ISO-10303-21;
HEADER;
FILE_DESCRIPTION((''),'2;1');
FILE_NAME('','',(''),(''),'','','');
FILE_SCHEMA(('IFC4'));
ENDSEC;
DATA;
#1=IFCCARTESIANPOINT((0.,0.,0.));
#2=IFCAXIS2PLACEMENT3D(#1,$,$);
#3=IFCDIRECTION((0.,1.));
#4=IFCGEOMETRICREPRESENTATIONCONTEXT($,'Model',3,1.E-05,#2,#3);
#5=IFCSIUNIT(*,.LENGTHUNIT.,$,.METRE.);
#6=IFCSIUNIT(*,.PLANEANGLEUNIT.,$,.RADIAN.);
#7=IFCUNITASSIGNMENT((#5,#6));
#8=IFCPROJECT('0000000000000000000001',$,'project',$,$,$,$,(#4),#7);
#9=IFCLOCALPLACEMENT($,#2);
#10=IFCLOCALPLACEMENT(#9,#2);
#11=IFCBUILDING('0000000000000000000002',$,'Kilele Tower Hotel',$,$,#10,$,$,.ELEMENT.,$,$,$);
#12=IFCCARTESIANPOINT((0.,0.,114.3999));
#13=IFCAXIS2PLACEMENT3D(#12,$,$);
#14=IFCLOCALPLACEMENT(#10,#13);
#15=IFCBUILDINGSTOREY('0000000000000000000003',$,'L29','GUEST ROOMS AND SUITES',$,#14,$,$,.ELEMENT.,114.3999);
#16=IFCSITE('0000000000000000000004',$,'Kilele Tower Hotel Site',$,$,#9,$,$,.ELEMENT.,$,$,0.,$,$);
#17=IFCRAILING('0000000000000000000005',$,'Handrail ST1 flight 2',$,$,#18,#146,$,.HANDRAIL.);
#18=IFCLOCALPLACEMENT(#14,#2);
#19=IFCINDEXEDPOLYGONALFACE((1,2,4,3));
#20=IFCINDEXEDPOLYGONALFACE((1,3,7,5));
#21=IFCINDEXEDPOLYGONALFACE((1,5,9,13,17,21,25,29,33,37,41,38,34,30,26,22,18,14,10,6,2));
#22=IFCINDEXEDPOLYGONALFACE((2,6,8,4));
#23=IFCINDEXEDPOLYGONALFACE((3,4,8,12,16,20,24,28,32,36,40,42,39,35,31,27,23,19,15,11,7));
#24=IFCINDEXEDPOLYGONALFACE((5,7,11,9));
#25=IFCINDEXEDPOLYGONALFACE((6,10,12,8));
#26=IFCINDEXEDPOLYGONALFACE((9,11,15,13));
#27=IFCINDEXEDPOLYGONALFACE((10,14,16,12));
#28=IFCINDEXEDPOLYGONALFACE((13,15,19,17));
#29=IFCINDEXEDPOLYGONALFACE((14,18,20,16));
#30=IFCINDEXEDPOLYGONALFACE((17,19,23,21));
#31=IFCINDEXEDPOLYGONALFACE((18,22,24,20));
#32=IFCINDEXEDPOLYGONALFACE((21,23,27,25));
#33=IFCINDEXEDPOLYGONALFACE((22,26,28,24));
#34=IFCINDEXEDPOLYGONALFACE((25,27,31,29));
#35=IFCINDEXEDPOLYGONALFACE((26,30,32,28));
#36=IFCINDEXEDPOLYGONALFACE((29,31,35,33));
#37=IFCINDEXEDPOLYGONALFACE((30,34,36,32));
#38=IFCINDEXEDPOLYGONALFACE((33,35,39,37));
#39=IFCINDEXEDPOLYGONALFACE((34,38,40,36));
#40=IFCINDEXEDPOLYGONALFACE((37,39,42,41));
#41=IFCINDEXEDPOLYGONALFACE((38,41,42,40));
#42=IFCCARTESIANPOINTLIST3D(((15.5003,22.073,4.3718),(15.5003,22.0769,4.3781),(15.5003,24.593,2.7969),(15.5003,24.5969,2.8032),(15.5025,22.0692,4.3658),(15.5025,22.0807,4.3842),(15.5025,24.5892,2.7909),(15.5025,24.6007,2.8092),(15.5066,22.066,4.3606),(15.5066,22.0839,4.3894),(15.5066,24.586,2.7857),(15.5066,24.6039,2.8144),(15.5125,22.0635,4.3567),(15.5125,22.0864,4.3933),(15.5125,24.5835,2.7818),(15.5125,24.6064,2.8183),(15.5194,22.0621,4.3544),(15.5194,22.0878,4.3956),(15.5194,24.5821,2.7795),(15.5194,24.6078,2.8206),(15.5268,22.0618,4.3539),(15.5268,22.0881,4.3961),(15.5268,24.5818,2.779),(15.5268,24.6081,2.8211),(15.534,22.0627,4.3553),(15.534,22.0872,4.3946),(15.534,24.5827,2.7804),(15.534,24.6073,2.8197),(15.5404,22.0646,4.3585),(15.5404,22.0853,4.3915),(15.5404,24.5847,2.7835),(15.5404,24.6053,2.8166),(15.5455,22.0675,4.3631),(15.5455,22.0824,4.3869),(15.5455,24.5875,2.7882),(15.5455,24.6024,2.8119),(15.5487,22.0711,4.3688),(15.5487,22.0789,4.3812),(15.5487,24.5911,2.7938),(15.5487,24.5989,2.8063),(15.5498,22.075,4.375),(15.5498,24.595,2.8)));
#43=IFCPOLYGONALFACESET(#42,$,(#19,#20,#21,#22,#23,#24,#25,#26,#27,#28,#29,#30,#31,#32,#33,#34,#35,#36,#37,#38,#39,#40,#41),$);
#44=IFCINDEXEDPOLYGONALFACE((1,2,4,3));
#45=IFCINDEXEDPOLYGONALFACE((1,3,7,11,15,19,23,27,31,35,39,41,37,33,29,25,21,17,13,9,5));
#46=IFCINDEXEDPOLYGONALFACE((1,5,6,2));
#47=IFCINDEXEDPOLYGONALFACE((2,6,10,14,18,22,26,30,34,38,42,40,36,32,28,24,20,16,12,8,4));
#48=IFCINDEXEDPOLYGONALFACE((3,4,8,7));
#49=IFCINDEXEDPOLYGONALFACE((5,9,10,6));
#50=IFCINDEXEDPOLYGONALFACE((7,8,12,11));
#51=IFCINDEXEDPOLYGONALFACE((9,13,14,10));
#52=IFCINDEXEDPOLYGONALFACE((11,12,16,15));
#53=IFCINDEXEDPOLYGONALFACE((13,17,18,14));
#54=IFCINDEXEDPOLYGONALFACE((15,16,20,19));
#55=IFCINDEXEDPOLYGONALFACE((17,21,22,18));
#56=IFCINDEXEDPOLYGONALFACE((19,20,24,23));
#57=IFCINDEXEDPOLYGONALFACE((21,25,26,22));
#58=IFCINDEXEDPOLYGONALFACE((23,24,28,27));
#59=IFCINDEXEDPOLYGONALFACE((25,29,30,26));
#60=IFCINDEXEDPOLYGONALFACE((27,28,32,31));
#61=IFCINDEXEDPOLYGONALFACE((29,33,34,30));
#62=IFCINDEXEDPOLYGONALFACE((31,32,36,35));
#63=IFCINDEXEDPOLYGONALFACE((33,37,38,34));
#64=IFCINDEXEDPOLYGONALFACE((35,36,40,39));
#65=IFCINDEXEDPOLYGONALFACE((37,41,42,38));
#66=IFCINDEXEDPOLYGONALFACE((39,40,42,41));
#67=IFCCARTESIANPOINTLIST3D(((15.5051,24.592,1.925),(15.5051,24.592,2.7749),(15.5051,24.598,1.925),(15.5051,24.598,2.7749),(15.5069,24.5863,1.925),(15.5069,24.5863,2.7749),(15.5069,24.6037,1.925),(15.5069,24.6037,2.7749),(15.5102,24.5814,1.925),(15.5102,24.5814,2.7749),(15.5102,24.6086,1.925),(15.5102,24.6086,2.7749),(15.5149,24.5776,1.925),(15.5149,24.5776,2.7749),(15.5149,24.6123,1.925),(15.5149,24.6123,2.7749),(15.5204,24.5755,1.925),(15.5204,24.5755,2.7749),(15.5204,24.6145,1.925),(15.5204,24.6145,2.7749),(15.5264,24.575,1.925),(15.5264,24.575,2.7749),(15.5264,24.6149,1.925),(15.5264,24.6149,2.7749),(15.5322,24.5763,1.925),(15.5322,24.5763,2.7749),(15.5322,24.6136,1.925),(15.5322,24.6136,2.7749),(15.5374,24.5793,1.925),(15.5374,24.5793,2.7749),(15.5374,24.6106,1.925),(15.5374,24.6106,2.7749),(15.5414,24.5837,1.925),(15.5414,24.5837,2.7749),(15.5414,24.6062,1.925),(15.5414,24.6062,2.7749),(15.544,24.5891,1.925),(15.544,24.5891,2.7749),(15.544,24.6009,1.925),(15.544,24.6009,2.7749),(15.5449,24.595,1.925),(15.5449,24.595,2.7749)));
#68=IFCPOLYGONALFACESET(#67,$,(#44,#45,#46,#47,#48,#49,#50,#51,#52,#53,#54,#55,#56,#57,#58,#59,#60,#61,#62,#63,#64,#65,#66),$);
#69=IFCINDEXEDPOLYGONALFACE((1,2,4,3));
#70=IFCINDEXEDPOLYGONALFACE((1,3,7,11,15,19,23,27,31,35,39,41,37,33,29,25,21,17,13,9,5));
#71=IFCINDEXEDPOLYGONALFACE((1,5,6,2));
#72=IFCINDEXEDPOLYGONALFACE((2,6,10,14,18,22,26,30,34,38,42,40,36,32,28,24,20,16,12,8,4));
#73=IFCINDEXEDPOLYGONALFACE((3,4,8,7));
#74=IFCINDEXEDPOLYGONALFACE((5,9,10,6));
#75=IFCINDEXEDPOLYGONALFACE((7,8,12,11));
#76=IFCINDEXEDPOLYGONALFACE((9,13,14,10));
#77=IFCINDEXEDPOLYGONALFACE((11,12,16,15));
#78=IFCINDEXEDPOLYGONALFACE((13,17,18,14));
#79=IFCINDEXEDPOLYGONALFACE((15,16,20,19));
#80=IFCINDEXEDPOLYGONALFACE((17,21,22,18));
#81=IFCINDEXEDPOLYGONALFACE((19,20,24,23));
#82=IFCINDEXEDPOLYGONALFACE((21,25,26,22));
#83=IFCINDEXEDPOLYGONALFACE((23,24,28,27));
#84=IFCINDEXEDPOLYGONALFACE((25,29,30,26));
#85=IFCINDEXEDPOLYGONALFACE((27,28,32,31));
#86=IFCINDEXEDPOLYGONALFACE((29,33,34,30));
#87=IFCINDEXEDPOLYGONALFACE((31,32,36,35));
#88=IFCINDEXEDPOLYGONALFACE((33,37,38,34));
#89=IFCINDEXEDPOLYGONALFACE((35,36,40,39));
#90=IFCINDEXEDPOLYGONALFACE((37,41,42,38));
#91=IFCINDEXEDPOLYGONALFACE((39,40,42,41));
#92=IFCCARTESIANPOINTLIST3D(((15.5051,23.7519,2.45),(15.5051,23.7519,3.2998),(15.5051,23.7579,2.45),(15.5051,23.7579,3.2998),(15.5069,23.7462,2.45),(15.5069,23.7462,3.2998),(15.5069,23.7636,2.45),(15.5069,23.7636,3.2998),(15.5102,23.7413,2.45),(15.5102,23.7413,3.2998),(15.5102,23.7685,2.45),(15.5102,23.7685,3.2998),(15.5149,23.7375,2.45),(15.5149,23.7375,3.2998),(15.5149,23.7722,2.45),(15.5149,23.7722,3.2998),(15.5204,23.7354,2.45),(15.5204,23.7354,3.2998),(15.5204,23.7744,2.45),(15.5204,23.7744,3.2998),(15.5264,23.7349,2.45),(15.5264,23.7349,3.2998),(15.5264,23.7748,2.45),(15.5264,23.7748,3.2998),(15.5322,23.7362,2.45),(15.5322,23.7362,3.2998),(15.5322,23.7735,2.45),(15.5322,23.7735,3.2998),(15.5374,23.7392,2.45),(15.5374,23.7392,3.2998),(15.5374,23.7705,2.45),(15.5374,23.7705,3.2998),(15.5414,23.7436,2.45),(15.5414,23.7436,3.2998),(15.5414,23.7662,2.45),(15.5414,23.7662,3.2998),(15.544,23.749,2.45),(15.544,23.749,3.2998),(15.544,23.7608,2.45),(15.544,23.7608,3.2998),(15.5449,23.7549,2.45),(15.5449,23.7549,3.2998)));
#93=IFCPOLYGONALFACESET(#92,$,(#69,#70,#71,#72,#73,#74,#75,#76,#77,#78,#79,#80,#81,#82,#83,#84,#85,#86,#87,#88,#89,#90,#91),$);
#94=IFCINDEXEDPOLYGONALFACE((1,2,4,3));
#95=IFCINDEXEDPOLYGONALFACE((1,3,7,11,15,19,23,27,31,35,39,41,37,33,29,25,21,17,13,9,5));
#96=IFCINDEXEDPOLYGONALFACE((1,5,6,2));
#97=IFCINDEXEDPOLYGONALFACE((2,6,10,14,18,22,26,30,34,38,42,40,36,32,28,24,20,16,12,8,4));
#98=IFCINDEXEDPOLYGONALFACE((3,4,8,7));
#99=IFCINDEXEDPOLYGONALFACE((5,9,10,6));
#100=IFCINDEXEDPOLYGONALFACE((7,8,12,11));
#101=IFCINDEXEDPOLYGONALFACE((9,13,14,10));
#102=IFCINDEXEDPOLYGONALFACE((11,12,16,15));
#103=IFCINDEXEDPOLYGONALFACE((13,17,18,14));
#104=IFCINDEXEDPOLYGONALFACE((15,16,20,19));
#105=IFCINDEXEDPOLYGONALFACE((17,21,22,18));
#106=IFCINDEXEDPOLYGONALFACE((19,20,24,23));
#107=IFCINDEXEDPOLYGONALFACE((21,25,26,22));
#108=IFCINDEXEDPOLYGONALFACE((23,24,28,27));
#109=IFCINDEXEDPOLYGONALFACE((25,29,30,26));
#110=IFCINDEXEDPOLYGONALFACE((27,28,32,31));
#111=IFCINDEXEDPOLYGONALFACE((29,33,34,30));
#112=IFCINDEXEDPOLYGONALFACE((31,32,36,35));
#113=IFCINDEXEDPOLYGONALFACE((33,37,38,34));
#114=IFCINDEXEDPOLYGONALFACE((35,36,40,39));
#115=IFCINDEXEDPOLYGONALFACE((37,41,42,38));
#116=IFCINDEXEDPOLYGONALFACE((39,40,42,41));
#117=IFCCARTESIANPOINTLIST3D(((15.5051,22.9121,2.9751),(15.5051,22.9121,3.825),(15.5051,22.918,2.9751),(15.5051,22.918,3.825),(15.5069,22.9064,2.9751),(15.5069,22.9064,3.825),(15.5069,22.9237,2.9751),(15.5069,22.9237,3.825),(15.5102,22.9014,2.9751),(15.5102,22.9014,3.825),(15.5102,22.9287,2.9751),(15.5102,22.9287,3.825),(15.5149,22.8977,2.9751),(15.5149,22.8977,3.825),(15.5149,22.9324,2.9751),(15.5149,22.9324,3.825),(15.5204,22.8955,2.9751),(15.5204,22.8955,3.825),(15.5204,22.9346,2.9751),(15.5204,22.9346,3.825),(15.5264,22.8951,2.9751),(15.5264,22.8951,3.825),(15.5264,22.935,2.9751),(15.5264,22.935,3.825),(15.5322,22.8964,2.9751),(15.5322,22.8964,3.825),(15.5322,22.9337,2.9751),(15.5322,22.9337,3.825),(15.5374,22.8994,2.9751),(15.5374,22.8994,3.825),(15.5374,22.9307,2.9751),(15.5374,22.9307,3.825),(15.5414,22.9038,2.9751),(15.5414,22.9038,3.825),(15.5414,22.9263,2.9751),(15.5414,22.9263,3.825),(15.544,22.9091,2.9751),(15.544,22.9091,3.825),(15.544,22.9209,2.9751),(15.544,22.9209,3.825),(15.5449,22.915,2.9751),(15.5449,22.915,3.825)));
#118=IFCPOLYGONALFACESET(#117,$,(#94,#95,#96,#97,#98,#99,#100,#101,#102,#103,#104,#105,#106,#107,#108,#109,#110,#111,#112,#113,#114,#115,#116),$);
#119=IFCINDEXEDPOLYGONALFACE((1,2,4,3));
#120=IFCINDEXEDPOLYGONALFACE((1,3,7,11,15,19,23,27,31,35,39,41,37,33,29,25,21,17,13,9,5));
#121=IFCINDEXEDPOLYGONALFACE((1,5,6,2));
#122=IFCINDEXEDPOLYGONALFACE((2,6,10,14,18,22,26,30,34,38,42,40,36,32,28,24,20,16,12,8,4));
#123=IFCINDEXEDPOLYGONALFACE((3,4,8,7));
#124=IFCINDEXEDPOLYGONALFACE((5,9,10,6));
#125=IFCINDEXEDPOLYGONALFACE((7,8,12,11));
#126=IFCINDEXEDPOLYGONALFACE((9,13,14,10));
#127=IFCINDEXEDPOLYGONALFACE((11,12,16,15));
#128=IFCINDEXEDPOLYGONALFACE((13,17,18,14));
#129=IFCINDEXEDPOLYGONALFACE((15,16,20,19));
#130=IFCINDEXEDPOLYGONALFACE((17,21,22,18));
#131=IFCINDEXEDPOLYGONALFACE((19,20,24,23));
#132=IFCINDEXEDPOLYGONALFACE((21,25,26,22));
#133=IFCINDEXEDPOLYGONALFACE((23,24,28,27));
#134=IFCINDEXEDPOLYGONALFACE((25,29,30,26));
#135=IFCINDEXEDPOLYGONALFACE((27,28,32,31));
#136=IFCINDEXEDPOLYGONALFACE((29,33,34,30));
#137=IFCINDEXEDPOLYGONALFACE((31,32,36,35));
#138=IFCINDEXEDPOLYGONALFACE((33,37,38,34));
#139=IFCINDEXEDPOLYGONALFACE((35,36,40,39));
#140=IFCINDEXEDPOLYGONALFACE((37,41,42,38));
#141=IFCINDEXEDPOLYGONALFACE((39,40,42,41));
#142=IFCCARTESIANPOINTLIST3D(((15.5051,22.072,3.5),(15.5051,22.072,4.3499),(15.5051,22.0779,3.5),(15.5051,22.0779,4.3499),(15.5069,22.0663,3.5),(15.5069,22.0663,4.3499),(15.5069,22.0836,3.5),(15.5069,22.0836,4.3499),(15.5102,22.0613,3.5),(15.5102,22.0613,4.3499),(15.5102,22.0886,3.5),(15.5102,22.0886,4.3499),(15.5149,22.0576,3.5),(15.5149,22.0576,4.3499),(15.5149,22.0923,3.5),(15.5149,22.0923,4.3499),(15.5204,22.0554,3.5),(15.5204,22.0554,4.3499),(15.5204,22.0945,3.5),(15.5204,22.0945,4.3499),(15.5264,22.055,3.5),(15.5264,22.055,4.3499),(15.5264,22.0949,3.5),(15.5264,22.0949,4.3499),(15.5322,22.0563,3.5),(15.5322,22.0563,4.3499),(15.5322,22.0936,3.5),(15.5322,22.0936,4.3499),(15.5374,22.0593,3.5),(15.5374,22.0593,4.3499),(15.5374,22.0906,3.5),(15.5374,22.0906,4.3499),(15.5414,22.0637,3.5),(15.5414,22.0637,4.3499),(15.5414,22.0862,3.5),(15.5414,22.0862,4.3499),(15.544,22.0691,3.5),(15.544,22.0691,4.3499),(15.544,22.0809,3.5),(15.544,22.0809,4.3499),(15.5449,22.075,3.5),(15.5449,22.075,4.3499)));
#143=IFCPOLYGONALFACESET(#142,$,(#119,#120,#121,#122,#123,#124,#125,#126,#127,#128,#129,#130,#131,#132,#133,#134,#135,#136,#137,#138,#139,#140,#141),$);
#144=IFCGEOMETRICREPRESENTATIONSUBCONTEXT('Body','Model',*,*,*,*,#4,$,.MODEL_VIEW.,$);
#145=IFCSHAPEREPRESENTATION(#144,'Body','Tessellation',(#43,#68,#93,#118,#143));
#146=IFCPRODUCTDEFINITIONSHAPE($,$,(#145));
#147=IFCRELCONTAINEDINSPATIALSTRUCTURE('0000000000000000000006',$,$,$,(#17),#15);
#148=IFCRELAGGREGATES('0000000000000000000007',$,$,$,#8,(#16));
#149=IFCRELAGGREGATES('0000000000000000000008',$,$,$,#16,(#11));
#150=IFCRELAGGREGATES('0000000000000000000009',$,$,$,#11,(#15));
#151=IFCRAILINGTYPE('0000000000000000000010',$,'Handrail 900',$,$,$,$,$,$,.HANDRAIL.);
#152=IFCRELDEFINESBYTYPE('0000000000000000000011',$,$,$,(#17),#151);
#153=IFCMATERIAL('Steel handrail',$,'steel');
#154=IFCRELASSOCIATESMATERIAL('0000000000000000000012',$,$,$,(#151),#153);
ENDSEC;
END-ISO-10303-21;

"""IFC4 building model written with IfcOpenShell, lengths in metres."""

from ifc_helpers import new_model, si_unit, direction, frame, origin, origin_2d, place, context, subcontext, project, spatial, circle, extrude, material, type_object, element, save


model = new_model("IFC4")

# Units and contexts
model_context = context("Model", 3, precision=1e-05, world=origin(), true_north=direction((0.0, 1.0)))
body_context = subcontext(model_context, "Body", "Model", "MODEL_VIEW")
ifc_project = project(units=[si_unit("LENGTHUNIT", "METRE"), si_unit("PLANEANGLEUNIT", "RADIAN")], contexts=[model_context])

# Site, building, storey
site_placement = place(None, origin())
site = spatial("IfcSite", under=ifc_project, at=site_placement, Name="Kilele Tower Hotel Site", CompositionType="ELEMENT", RefElevation=0.0)
building_placement = place(site_placement, origin())
building = spatial("IfcBuilding", under=site, at=building_placement, Name="Kilele Tower Hotel", CompositionType="ELEMENT")
storey_placement = place(building_placement, frame((0.0, 0.0, 114.3999)))
storey = spatial("IfcBuildingStorey", under=building, at=storey_placement, Name="L29", Description="GUEST ROOMS AND SUITES", CompositionType="ELEMENT", Elevation=114.3999)

# Railing
ifc_material_1 = material(Name="Steel handrail", Category="steel")
railing_type_1 = type_object("IfcRailingType", Name="Handrail 900", PredefinedType="HANDRAIL", material=ifc_material_1)
for number, where, name in (
    (1, (15.5249, 24.595, 1.925), "Handrail ST1 flight 2"),
):
    element("IfcRailing", number, at=place(storey_placement, frame(where)), inside=storey, type_object=railing_type_1, Name=name, PredefinedType="HANDRAIL", context=body_context, shape_type="SweptSolid", body=[
        extrude(circle(Radius=0.0249, at=origin_2d()), frame((0.0, 0.0, 0.875), z_axis=(0.0, -0.848008, 0.529984), x_axis=(1.0, 0.0, 0.0)), (0.0, 0.0, 1.0), 2.9717),
        extrude(circle(Radius=0.02, at=origin_2d()), origin(), (0.0, 0.0, 1.0), 0.8499),
        extrude(circle(Radius=0.02, at=origin_2d()), frame((0.0, -0.8401, 0.5249)), (0.0, 0.0, 1.0), 0.8499),
        extrude(circle(Radius=0.02, at=origin_2d()), frame((0.0, -1.6799, 1.05)), (0.0, 0.0, 1.0), 0.8499),
        extrude(circle(Radius=0.02, at=origin_2d()), frame((0.0, -2.52, 1.575)), (0.0, 0.0, 1.0), 0.8499),
    ])

save(model, "model.ifc")
